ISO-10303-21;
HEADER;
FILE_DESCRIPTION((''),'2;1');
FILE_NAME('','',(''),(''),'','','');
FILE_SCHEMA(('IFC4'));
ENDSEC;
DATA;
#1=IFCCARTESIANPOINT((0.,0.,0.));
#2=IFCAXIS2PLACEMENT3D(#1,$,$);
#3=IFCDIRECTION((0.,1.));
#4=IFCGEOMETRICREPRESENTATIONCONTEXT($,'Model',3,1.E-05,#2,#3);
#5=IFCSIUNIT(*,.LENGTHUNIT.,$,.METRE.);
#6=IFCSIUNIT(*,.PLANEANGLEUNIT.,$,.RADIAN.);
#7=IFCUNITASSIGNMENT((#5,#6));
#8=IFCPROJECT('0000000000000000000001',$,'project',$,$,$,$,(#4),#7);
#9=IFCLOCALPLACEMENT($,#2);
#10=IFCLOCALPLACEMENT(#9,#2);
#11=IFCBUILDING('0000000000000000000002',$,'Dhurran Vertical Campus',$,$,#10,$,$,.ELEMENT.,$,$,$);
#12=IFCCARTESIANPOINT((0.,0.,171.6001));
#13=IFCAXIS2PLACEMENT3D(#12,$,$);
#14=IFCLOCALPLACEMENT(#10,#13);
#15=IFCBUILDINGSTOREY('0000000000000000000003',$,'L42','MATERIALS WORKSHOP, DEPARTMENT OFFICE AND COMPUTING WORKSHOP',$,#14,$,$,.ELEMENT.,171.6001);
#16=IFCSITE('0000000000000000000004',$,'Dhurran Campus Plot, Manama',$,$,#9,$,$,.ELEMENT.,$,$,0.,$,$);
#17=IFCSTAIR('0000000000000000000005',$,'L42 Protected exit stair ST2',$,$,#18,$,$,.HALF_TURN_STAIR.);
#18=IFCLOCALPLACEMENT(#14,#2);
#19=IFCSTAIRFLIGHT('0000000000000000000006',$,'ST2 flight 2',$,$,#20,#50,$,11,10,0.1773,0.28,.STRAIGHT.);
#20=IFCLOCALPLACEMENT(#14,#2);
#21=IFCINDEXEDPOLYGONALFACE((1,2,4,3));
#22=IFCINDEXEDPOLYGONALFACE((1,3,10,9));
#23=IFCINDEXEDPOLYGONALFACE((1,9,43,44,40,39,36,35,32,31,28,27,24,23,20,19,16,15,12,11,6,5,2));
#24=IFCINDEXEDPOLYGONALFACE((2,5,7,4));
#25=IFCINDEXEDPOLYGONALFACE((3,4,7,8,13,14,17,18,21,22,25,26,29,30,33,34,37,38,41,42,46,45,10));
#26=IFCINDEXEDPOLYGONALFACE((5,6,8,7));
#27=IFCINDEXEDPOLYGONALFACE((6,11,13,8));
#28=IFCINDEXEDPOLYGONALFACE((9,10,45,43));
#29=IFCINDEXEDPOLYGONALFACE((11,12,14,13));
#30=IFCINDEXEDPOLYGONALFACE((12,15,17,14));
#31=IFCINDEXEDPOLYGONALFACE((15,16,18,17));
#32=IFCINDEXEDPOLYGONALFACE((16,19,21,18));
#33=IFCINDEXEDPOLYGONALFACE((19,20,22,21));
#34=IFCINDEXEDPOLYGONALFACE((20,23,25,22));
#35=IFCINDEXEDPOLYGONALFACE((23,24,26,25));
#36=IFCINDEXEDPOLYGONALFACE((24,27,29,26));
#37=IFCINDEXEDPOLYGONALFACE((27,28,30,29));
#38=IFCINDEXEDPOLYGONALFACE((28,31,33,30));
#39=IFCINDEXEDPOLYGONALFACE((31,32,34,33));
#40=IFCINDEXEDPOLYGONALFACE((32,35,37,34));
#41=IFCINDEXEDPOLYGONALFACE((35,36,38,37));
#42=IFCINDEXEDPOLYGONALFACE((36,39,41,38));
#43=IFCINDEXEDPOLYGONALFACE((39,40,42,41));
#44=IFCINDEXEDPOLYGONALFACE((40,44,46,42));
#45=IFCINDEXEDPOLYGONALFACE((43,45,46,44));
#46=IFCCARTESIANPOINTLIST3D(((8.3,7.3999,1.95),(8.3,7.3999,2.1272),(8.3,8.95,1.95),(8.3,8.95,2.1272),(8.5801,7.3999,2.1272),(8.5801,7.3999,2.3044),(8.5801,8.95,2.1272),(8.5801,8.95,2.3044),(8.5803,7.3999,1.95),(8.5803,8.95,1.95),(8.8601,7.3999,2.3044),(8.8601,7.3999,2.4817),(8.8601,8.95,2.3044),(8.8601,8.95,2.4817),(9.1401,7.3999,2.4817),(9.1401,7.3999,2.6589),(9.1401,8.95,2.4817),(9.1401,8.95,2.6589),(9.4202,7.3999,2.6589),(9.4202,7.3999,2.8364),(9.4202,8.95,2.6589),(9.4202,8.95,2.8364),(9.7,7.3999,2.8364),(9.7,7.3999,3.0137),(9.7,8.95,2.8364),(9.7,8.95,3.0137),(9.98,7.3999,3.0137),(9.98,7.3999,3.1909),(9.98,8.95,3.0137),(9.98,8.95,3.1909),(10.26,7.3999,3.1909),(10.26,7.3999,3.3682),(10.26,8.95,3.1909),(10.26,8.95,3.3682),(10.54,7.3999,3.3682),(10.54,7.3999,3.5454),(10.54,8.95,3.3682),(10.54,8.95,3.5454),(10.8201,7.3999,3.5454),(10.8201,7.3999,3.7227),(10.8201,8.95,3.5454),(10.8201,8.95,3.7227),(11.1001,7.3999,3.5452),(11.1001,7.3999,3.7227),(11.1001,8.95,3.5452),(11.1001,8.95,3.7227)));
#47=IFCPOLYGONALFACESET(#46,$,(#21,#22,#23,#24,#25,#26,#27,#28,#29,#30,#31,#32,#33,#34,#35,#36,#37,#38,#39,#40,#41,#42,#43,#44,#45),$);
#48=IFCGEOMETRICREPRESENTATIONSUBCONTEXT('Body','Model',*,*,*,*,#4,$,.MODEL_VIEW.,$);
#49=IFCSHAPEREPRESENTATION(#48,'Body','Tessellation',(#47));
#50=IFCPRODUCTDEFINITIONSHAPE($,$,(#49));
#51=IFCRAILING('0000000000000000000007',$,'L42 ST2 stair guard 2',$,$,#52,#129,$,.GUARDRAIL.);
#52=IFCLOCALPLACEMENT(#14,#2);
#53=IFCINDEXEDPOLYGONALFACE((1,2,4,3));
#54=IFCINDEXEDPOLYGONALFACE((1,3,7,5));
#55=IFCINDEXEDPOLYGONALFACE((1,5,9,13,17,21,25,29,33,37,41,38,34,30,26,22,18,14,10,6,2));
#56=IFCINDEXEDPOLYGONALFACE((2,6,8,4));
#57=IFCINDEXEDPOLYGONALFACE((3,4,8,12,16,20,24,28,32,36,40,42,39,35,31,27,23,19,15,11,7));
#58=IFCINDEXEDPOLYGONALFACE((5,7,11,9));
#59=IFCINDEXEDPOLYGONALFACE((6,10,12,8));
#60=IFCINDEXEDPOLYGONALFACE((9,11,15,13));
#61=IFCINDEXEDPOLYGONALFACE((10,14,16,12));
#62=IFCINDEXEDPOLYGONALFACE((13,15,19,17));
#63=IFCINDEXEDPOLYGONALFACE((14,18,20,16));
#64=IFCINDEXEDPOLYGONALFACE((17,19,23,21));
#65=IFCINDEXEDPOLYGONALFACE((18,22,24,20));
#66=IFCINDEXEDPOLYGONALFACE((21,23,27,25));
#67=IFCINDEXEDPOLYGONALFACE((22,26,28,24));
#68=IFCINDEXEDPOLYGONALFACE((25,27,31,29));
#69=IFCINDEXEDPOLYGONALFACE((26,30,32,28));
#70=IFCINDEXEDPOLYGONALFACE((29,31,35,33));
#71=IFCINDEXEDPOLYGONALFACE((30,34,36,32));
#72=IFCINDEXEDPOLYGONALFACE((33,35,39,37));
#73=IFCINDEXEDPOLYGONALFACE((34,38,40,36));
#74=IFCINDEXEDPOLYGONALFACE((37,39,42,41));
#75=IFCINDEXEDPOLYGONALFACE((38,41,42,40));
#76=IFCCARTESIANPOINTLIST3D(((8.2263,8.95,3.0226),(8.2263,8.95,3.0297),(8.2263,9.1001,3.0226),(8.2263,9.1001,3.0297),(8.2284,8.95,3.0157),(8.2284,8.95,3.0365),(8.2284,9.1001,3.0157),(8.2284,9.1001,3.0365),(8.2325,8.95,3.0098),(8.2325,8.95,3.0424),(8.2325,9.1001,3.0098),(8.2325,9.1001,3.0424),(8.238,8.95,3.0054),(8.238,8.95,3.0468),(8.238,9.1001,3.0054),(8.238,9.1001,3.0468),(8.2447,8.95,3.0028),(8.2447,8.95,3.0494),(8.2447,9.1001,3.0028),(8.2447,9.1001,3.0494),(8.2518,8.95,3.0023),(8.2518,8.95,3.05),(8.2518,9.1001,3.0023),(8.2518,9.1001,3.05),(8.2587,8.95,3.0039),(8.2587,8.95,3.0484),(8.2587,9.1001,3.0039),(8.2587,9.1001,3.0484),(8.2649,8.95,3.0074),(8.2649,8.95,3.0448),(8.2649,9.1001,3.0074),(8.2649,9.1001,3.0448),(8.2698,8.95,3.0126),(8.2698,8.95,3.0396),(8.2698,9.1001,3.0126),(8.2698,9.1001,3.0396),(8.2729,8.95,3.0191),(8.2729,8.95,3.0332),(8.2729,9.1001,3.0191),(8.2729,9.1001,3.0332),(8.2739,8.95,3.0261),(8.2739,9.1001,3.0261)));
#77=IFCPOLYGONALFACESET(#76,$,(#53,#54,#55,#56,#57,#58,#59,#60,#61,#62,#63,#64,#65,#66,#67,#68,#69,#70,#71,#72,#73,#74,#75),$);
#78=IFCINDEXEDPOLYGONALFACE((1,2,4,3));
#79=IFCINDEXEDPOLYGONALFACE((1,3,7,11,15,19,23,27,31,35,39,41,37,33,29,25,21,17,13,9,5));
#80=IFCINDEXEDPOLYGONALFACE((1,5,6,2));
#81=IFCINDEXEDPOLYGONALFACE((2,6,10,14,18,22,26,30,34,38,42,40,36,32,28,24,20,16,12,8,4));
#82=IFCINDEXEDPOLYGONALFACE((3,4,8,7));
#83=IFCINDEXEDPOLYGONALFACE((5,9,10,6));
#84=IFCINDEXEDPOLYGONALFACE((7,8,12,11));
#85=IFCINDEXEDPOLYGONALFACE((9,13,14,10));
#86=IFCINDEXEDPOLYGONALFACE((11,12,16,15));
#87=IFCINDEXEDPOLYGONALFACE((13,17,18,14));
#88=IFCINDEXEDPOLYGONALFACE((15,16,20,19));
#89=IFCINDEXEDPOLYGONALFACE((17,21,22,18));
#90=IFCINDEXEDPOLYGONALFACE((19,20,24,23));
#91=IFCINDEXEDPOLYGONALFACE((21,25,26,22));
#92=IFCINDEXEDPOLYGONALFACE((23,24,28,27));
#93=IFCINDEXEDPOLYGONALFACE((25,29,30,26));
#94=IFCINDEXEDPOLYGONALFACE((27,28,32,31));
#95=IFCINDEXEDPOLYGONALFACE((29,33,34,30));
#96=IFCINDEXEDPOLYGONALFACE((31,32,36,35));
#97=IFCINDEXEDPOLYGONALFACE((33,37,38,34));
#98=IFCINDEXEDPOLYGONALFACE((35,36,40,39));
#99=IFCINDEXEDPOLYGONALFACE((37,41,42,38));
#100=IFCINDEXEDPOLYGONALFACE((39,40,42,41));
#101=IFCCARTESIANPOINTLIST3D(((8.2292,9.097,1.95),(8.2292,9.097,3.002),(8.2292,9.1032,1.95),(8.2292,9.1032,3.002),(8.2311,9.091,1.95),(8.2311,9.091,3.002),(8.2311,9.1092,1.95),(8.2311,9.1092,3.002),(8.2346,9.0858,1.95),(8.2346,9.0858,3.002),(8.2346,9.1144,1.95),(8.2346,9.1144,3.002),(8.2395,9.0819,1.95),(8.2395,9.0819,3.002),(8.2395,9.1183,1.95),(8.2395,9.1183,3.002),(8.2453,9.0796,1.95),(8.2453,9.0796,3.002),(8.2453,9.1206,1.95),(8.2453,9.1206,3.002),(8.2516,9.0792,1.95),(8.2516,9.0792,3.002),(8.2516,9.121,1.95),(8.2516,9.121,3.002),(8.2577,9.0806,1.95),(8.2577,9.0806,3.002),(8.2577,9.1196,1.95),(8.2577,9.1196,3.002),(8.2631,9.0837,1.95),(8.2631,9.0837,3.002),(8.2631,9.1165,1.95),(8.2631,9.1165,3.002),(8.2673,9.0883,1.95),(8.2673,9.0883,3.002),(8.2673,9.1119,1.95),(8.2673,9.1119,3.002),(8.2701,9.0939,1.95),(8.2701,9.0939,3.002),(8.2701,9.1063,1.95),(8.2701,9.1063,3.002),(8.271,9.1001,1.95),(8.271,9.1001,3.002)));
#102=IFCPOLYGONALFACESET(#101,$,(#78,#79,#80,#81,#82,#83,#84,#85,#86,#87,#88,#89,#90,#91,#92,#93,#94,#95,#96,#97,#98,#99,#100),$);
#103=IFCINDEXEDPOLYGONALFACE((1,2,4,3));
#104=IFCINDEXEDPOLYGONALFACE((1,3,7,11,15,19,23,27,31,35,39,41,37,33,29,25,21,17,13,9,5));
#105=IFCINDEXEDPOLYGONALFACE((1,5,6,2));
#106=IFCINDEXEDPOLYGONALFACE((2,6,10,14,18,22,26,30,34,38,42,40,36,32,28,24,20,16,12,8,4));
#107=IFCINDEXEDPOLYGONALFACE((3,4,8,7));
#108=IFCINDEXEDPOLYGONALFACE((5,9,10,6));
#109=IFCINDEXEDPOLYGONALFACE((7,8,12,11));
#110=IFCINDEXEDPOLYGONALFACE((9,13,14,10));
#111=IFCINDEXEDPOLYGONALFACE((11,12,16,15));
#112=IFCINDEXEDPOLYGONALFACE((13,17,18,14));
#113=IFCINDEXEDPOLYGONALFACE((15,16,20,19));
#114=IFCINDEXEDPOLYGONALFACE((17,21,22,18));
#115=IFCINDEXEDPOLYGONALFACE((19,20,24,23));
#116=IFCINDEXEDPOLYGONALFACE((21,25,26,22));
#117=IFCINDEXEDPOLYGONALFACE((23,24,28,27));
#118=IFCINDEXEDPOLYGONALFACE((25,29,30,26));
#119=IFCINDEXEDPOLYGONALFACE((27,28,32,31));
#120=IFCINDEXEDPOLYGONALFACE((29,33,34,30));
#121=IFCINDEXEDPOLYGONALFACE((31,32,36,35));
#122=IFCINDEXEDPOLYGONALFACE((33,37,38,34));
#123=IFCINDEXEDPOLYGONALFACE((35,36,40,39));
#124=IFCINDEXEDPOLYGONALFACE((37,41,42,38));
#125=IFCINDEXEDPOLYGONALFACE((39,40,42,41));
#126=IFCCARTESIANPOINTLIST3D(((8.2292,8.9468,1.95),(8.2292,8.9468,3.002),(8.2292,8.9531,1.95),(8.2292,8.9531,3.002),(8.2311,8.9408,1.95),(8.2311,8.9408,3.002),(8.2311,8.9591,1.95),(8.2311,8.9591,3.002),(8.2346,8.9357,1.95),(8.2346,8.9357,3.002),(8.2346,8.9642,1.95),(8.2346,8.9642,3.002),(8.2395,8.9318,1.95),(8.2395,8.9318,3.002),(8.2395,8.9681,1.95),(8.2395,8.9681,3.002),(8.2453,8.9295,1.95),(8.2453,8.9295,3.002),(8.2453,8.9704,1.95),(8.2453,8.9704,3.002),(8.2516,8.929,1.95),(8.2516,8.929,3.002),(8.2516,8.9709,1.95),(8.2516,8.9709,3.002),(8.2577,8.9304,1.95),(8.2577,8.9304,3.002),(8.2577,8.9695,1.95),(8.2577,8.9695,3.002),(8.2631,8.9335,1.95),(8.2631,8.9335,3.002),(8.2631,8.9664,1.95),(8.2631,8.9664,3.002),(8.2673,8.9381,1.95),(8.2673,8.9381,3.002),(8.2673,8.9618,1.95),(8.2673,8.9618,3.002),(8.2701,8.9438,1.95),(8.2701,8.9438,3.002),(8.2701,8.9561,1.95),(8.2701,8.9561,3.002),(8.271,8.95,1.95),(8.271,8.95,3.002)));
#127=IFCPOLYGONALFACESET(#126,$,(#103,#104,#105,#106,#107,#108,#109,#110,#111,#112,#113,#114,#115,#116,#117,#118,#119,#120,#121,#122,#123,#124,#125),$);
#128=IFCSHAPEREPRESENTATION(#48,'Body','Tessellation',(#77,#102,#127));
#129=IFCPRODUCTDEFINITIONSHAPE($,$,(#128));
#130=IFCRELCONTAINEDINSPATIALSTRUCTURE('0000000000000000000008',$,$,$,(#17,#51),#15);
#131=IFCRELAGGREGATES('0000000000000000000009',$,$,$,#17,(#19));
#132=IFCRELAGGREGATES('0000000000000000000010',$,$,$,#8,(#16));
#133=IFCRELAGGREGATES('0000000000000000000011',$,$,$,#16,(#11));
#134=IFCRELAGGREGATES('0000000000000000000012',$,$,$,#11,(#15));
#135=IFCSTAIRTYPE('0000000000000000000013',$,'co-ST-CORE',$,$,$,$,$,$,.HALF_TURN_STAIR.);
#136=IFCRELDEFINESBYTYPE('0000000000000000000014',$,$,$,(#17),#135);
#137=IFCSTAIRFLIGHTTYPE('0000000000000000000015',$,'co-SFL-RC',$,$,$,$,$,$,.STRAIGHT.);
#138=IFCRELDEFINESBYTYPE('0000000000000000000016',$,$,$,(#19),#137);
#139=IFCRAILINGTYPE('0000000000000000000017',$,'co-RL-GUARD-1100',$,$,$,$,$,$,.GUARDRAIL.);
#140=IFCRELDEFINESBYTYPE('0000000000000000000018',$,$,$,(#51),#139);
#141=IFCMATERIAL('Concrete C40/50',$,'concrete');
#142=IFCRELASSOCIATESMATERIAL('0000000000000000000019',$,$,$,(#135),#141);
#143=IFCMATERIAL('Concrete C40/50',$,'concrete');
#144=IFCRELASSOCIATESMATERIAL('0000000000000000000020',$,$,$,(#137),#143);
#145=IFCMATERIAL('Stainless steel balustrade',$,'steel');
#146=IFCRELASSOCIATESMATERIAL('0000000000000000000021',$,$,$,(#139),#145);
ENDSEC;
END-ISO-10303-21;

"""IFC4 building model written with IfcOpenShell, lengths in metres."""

from ifc_helpers import new_model, si_unit, direction, frame, origin, origin_2d, place, context, subcontext, project, spatial, polyline, circle, outline, extrude, material, type_object, element, aggregate, save


model = new_model("IFC4")

# Units and contexts
model_context = context("Model", 3, precision=1e-05, world=origin(), true_north=direction((0.0, 1.0)))
body_context = subcontext(model_context, "Body", "Model", "MODEL_VIEW")
ifc_project = project(units=[si_unit("LENGTHUNIT", "METRE"), si_unit("PLANEANGLEUNIT", "RADIAN")], contexts=[model_context])

# Site, building, storey
site_placement = place(None, origin())
site = spatial("IfcSite", under=ifc_project, at=site_placement, Name="Dhurran Campus Plot, Manama", CompositionType="ELEMENT", RefElevation=0.0)
building_placement = place(site_placement, origin())
building = spatial("IfcBuilding", under=site, at=building_placement, Name="Dhurran Vertical Campus", CompositionType="ELEMENT")
storey_placement = place(building_placement, frame((0.0, 0.0, 171.6001)))
storey = spatial("IfcBuildingStorey", under=building, at=storey_placement, Name="L42", Description="MATERIALS WORKSHOP, DEPARTMENT OFFICE AND COMPUTING WORKSHOP", CompositionType="ELEMENT", Elevation=171.6001)

# Shared definitions
ifc_material_1 = material(Name="Concrete C40/50", Category="concrete")
stair_type = type_object("IfcStairType", Name="co-ST-CORE", PredefinedType="HALF_TURN_STAIR", material=ifc_material_1)

# Stair, stair flight
stair_1_placement = place(storey_placement, origin())
stair_1 = element("IfcStair", 1, at=stair_1_placement, inside=storey, type_object=stair_type, Name="L42 Protected exit stair ST2", PredefinedType="HALF_TURN_STAIR")
ifc_material_2 = material(Name="Concrete C40/50", Category="concrete")
stair_flight_type = type_object("IfcStairFlightType", Name="co-SFL-RC", PredefinedType="STRAIGHT", material=ifc_material_2)
stair_flight_placement = place(storey_placement, frame((8.3, 8.175, 1.95), z_axis=(0.0, 0.0, 1.0), x_axis=(1.0, 0.0, 0.0)))
stair_flight = element("IfcStairFlight", 2, at=stair_flight_placement, type_object=stair_flight_type, Name="ST2 flight 2", NumberOfRisers=11, NumberOfTreads=10, PredefinedType="STRAIGHT", RiserHeight=0.1773, TreadLength=0.28, context=body_context, shape_type="SweptSolid", body=[
    extrude(outline(polyline([(0.0, 0.0), (0.0, 0.1772), (0.28, 0.1772), (0.28, 0.3545), (0.5601, 0.3545), (0.5601, 0.5317), (0.8401, 0.5317), (0.8401, 0.709), (1.1201, 0.709), (1.1201, 0.8865), (1.3999, 0.8865), (1.3999, 1.0637), (1.6799, 1.0637), (1.6799, 1.241), (1.96, 1.241), (1.96, 1.4182), (2.24, 1.4182), (2.24, 1.5955), (2.52, 1.5955), (2.52, 1.7727), (2.8, 1.7727), (2.8, 1.95), (2.8, 1.5952), (0.2803, 0.0), (0.0, 0.0)])), frame((0.0, 0.7749, 0.0), z_axis=(0.0, -1.0, 0.0), x_axis=(1.0, 0.0, 0.0)), (0.0, 0.0, 1.0), 1.55),
])
aggregate(stair_1, [stair_flight])

# Railing
ifc_material_3 = material(Name="Stainless steel balustrade", Category="steel")
railing_type_1 = type_object("IfcRailingType", Name="co-RL-GUARD-1100", PredefinedType="GUARDRAIL", material=ifc_material_3)
railing_1_placement = place(storey_placement, frame((8.25, 9.1001, 1.95)))
element("IfcRailing", 3, at=railing_1_placement, inside=storey, type_object=railing_type_1, Name="L42 ST2 stair guard 2", PredefinedType="GUARDRAIL", context=body_context, shape_type="SweptSolid", body=[
    extrude(circle(Radius=0.0239, at=origin_2d()), frame((0.0, 0.0, 1.0762), z_axis=(0.0, -1.0, 0.0), x_axis=(1.0, 0.0, 0.0)), (0.0, 0.0, 1.0), 0.1501),
    extrude(circle(Radius=0.021, at=origin_2d()), origin(), (0.0, 0.0, 1.0), 1.052),
    extrude(circle(Radius=0.021, at=origin_2d()), frame((0.0, -0.1501, 0.0)), (0.0, 0.0, 1.0), 1.052),
])

save(model, "model.ifc")
